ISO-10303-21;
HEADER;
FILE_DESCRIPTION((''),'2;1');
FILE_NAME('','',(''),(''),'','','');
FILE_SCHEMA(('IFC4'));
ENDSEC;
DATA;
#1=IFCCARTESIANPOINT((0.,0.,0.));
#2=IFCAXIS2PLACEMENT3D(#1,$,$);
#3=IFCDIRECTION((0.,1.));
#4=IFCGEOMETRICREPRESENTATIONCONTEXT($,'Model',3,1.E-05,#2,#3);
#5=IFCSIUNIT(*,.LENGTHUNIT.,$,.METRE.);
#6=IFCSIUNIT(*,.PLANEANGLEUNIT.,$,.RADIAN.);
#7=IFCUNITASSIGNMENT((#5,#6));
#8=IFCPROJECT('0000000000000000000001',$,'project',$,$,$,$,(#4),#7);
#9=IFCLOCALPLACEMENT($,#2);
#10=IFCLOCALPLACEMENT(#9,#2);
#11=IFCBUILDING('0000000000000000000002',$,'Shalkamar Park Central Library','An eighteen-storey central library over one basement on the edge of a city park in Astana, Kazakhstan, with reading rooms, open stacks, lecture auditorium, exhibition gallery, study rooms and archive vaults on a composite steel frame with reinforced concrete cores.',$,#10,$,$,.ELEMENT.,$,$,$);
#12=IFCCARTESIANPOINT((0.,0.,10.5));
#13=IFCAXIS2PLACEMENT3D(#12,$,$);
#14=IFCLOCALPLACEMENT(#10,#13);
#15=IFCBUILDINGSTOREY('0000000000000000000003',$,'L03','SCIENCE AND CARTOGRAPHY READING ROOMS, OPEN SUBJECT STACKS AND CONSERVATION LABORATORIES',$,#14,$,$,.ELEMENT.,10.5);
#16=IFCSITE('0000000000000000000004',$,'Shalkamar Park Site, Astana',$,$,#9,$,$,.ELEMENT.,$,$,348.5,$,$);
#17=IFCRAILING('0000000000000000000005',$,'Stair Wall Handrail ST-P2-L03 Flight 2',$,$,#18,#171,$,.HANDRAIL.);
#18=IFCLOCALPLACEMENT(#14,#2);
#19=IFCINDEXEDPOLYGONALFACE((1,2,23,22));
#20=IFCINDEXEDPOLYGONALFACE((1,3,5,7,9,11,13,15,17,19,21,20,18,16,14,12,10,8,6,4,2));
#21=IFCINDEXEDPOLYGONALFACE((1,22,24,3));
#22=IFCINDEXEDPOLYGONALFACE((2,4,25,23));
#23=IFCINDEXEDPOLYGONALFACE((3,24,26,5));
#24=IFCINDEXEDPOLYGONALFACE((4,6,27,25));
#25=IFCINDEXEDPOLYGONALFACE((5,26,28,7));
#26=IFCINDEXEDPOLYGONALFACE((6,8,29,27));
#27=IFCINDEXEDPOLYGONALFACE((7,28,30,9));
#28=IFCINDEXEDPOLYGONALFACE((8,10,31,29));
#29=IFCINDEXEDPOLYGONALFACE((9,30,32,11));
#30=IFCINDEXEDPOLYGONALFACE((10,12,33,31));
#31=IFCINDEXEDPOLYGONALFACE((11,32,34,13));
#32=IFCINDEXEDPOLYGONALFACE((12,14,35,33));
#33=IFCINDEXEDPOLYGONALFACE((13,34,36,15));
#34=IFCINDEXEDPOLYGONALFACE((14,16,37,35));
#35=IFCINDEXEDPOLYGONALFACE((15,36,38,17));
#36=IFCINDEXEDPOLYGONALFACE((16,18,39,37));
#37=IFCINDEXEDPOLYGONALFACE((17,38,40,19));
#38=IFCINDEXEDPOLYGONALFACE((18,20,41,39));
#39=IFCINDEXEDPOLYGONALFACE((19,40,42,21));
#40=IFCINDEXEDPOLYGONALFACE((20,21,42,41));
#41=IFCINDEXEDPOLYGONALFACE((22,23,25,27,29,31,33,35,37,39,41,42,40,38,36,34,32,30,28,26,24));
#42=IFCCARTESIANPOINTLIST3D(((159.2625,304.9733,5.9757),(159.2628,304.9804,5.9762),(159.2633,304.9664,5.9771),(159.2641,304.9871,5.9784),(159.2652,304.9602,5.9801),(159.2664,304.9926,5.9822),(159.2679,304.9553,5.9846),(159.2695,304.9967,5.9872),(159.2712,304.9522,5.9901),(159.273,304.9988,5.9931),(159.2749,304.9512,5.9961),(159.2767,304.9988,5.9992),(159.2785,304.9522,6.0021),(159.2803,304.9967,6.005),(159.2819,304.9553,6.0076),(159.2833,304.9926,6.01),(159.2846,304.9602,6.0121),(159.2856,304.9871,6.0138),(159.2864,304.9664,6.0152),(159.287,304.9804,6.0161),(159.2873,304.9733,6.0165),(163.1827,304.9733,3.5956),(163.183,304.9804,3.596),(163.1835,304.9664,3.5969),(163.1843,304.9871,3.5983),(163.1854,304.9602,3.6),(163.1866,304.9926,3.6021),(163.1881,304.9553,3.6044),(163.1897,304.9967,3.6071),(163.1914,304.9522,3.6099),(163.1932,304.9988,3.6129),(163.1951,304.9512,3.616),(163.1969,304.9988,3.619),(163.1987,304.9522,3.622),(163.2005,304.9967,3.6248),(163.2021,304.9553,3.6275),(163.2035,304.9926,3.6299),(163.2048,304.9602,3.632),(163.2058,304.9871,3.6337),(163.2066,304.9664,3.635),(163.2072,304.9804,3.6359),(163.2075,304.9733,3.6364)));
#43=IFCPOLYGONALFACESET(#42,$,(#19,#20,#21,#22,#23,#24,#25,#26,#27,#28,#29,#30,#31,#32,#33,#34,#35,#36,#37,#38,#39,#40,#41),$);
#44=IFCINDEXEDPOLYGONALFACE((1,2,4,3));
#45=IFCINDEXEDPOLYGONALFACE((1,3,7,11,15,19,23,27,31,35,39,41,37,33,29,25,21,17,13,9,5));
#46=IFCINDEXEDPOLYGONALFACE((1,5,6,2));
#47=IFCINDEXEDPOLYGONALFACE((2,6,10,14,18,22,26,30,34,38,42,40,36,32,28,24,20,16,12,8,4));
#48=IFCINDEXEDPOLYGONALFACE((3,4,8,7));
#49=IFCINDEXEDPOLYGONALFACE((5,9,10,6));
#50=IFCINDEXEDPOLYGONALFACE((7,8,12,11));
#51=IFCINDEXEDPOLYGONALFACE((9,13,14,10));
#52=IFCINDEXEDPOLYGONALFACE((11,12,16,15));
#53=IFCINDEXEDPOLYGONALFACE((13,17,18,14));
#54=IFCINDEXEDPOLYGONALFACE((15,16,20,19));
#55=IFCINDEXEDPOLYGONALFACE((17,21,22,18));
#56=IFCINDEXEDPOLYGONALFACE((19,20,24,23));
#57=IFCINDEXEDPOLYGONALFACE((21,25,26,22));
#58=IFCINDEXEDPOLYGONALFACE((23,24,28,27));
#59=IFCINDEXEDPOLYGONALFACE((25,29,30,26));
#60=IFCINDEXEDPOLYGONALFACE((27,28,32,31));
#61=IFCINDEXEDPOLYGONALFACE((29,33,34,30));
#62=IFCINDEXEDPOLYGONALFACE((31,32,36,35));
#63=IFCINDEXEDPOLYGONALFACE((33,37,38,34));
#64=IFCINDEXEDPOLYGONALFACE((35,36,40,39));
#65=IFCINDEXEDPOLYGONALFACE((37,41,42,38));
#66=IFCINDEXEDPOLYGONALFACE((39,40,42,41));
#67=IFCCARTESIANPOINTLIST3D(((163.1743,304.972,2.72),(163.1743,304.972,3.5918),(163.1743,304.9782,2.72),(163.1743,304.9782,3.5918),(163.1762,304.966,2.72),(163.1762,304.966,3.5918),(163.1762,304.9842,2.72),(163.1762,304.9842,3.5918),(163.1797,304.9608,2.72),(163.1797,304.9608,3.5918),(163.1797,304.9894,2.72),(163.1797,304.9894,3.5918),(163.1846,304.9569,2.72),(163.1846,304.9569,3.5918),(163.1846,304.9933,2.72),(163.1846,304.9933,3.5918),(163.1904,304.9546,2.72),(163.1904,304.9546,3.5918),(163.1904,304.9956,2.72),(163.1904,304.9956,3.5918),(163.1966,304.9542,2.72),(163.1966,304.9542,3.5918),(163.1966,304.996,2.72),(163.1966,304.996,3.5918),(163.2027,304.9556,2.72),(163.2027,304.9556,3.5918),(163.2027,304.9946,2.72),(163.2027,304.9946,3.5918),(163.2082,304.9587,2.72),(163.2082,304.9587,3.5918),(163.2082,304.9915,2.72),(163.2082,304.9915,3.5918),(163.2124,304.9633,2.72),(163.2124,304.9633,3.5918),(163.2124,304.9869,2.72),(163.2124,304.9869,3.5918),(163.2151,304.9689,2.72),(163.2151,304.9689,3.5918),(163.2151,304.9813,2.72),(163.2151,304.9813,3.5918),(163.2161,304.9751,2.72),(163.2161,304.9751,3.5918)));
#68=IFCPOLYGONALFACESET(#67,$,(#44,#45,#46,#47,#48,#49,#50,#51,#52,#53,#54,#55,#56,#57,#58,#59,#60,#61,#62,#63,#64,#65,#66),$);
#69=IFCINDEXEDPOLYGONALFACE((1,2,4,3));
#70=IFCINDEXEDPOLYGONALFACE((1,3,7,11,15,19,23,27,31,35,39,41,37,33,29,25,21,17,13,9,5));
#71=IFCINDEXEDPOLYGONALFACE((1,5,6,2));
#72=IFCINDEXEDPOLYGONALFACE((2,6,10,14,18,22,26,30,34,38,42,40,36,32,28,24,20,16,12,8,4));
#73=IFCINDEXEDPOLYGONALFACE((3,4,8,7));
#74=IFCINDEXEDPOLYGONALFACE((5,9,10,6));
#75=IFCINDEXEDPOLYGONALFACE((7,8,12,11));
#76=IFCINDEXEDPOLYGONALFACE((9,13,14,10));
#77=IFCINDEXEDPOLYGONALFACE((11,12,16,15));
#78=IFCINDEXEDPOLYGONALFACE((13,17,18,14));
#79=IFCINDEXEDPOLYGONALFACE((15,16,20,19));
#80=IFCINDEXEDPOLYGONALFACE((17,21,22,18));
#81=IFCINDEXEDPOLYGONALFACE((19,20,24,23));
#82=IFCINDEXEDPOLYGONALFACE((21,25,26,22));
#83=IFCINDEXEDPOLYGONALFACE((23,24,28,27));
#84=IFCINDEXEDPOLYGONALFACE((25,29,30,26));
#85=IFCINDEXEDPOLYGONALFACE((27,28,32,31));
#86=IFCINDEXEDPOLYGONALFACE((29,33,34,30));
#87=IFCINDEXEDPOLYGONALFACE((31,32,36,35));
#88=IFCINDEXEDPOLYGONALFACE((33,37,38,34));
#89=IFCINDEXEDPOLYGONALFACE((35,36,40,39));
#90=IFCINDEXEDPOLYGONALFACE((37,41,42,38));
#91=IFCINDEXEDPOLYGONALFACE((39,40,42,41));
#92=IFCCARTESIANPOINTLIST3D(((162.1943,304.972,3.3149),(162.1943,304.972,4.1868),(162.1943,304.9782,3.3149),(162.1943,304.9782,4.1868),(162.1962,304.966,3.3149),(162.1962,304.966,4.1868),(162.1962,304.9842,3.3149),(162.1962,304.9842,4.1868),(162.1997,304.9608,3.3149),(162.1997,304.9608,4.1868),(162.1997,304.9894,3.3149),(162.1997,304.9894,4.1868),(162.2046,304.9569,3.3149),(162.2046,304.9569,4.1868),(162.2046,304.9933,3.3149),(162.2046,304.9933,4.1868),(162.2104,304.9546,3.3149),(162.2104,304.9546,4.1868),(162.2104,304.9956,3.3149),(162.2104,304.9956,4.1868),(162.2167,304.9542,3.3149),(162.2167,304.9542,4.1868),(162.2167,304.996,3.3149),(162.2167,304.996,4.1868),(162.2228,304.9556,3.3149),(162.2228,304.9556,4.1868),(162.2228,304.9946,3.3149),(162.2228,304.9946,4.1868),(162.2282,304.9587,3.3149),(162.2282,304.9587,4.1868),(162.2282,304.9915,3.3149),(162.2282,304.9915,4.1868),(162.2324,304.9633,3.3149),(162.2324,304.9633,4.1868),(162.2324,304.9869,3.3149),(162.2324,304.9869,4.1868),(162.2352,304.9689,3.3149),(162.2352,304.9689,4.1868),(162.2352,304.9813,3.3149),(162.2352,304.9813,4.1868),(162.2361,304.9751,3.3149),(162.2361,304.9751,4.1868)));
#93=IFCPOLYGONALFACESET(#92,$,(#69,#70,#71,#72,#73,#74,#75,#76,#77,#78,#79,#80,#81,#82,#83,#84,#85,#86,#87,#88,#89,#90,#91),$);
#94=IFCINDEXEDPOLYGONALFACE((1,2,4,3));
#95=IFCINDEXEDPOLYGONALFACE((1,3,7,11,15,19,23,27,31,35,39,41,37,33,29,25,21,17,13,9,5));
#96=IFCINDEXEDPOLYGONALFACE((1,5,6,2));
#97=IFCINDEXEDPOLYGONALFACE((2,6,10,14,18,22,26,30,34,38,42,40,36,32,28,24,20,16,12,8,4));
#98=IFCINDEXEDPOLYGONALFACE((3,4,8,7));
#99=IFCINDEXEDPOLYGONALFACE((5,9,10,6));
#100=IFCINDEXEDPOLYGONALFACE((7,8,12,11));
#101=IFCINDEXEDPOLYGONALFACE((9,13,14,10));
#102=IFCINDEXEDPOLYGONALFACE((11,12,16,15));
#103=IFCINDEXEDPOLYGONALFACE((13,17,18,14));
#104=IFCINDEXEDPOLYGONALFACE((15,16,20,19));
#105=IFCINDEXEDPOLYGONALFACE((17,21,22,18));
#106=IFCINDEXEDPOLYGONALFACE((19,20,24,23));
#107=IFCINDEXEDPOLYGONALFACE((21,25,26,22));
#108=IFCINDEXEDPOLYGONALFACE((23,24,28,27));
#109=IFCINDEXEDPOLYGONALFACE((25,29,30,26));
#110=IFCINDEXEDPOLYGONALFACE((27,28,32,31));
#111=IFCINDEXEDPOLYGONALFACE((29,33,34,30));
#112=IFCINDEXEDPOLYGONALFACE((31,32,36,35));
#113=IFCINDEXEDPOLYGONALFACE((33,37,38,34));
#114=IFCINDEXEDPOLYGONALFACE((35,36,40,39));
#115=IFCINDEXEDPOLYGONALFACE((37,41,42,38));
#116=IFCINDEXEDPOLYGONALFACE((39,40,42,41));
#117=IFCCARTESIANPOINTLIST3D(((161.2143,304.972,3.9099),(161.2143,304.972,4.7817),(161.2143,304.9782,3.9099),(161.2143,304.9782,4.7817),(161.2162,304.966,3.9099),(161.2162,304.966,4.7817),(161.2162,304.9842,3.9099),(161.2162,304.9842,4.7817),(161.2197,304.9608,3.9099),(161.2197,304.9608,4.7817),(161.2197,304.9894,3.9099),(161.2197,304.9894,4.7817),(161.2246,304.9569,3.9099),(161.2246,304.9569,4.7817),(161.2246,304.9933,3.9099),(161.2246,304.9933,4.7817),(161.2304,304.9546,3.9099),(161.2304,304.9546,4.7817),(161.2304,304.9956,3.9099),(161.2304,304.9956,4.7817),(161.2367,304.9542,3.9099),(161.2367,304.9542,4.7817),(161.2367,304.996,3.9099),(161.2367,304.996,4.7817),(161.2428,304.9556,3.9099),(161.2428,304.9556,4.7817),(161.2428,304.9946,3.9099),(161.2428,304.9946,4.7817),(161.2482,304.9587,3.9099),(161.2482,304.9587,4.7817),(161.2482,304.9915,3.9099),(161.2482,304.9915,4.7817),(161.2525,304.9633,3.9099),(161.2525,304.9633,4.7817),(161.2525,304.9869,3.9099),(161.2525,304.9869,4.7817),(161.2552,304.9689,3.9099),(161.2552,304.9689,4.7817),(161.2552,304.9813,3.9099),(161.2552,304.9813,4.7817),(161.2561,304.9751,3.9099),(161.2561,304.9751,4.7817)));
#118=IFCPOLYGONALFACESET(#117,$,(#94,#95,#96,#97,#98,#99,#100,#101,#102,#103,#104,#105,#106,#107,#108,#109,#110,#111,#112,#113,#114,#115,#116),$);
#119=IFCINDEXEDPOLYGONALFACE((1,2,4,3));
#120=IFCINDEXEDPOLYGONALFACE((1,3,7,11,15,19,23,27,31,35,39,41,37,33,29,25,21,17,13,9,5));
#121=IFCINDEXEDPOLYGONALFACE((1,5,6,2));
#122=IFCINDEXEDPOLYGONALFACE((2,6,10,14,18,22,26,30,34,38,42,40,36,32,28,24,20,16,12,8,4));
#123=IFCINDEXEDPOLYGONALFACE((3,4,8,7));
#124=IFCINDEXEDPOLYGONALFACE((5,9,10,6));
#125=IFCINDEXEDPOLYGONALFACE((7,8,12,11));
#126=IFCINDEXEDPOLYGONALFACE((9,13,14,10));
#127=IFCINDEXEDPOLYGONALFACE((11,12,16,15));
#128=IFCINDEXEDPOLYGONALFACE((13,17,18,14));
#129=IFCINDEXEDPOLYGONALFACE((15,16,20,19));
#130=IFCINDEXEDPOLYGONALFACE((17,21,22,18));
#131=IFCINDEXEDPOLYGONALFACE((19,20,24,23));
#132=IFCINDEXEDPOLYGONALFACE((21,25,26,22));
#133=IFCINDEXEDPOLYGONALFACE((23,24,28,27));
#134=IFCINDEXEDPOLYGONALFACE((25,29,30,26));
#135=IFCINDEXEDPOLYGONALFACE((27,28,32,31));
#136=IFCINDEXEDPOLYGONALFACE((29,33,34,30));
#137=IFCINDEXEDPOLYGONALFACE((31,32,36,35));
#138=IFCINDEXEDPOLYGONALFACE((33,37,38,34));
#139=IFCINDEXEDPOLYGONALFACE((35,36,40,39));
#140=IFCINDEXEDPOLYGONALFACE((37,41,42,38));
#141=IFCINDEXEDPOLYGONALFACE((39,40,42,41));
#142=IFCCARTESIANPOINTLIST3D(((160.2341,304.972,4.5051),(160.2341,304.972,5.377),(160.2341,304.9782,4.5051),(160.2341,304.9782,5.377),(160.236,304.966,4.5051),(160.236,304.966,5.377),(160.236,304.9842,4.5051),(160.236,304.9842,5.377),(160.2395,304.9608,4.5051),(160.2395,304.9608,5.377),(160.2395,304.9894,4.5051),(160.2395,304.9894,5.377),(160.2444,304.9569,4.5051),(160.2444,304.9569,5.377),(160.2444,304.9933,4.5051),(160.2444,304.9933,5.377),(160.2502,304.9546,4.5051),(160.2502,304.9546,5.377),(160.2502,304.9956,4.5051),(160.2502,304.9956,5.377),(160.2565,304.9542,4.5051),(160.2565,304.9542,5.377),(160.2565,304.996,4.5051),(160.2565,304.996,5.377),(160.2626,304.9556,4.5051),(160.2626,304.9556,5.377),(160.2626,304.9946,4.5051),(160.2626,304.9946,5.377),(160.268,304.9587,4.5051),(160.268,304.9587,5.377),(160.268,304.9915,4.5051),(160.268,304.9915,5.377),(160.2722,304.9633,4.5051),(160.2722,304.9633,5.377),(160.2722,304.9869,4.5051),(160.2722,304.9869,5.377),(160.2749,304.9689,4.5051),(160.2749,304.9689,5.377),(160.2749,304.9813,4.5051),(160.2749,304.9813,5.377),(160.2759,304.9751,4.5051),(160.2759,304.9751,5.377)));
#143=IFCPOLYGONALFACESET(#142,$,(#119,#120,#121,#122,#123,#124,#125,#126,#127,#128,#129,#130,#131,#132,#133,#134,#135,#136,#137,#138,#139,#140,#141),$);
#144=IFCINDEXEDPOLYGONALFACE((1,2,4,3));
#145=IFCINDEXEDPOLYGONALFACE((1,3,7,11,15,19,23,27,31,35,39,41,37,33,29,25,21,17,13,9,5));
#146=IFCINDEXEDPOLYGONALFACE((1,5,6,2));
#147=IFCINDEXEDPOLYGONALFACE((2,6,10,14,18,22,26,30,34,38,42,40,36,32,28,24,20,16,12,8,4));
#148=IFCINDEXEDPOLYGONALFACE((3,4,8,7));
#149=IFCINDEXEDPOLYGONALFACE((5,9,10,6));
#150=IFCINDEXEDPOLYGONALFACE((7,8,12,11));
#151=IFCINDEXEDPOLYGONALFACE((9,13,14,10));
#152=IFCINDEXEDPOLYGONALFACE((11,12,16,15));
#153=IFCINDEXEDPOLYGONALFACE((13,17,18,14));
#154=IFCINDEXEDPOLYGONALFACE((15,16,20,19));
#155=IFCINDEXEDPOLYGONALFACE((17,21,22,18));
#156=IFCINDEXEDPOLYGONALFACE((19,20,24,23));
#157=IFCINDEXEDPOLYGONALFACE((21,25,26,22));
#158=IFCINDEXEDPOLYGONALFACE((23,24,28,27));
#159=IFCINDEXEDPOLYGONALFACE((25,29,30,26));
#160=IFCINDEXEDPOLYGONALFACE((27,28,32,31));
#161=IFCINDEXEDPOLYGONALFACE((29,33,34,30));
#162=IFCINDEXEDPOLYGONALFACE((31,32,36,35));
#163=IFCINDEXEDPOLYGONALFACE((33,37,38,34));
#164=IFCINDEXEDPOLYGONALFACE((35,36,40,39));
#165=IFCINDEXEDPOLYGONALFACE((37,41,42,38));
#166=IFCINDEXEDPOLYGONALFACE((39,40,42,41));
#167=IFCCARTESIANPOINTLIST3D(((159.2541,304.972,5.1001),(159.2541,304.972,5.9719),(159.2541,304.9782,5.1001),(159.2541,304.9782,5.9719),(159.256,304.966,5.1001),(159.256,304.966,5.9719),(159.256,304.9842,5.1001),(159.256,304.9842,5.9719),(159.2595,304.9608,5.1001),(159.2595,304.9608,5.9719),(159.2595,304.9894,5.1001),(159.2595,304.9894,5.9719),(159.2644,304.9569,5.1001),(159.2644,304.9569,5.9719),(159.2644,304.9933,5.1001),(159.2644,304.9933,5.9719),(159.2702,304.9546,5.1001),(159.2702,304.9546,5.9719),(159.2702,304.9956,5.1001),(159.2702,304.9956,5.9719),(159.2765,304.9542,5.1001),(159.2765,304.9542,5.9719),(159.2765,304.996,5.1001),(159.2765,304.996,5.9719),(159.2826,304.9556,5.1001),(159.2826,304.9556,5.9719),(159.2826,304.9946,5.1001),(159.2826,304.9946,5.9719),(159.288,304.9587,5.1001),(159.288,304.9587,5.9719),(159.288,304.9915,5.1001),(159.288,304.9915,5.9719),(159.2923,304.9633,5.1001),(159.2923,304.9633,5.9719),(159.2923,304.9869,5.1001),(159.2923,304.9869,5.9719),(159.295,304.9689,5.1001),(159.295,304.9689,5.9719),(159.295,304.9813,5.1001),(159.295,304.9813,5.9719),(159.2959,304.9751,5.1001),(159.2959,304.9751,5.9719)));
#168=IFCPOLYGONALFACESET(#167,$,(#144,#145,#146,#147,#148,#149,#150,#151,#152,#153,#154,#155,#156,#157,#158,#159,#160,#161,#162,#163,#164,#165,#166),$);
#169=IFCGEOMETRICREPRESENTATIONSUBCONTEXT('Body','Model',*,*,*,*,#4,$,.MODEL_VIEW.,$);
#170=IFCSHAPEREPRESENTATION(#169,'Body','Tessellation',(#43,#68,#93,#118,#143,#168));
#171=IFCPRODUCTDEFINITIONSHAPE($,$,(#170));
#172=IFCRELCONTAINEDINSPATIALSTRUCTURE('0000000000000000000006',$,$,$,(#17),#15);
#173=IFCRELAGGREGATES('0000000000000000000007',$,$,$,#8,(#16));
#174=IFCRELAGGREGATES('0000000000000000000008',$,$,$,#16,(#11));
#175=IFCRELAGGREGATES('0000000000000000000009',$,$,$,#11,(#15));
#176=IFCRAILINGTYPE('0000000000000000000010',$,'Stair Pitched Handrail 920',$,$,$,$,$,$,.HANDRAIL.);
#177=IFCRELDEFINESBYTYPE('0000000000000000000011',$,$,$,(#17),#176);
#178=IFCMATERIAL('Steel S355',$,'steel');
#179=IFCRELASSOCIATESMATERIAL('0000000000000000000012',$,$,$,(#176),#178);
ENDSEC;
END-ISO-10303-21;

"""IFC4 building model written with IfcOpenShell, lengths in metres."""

from ifc_helpers import new_model, si_unit, direction, frame, origin, origin_2d, place, context, subcontext, project, spatial, circle, extrude, material, type_object, element, save


model = new_model("IFC4")

# Units and contexts
model_context = context("Model", 3, precision=1e-05, world=origin(), true_north=direction((0.0, 1.0)))
body_context = subcontext(model_context, "Body", "Model", "MODEL_VIEW")
ifc_project = project(units=[si_unit("LENGTHUNIT", "METRE"), si_unit("PLANEANGLEUNIT", "RADIAN")], contexts=[model_context])

# Site, building, storey
site_placement = place(None, origin())
site = spatial("IfcSite", under=ifc_project, at=site_placement, Name="Shalkamar Park Site, Astana", CompositionType="ELEMENT", RefElevation=348.5)
building_placement = place(site_placement, origin())
building = spatial("IfcBuilding", under=site, at=building_placement, Name="Shalkamar Park Central Library", Description="An eighteen-storey central library over one basement on the edge of a city park in Astana, Kazakhstan, with reading rooms, open stacks, lecture auditorium, exhibition gallery, study rooms and archive vaults on a composite steel frame with reinforced concrete cores.", CompositionType="ELEMENT")
storey_placement = place(building_placement, frame((0.0, 0.0, 10.5)))
storey = spatial("IfcBuildingStorey", under=building, at=storey_placement, Name="L03", Description="SCIENCE AND CARTOGRAPHY READING ROOMS, OPEN SUBJECT STACKS AND CONSERVATION LABORATORIES", CompositionType="ELEMENT", Elevation=10.5)

# Shared definitions
ifc_material_1 = material(Name="Steel S355", Category="steel")

# Railing
railing_type = type_object("IfcRailingType", Name="Stair Pitched Handrail 920", PredefinedType="HANDRAIL", material=ifc_material_1)
railing_placement = place(storey_placement, frame((163.1951, 304.9751, 2.72)))
element("IfcRailing", 1, at=railing_placement, inside=storey, type_object=railing_type, Name="Stair Wall Handrail ST-P2-L03 Flight 2", PredefinedType="HANDRAIL", context=body_context, shape_type="SweptSolid", body=[
    extrude(circle(Radius=0.0239, at=origin_2d()), frame((0.0, 0.0, 0.896), z_axis=(-0.854785, 0.0, 0.518982), x_axis=(0.0, -1.0, 0.0)), (0.0, 0.0, 1.0), 4.5862),
    extrude(circle(Radius=0.021, at=origin_2d()), origin(), (0.0, 0.0, 1.0), 0.8718),
    extrude(circle(Radius=0.021, at=origin_2d()), frame((-0.98, 0.0, 0.595)), (0.0, 0.0, 1.0), 0.8718),
    extrude(circle(Radius=0.021, at=origin_2d()), frame((-1.96, 0.0, 1.1899)), (0.0, 0.0, 1.0), 0.8718),
    extrude(circle(Radius=0.021, at=origin_2d()), frame((-2.9402, 0.0, 1.7852)), (0.0, 0.0, 1.0), 0.8718),
    extrude(circle(Radius=0.021, at=origin_2d()), frame((-3.9202, 0.0, 2.3801)), (0.0, 0.0, 1.0), 0.8718),
])

save(model, "model.ifc")
